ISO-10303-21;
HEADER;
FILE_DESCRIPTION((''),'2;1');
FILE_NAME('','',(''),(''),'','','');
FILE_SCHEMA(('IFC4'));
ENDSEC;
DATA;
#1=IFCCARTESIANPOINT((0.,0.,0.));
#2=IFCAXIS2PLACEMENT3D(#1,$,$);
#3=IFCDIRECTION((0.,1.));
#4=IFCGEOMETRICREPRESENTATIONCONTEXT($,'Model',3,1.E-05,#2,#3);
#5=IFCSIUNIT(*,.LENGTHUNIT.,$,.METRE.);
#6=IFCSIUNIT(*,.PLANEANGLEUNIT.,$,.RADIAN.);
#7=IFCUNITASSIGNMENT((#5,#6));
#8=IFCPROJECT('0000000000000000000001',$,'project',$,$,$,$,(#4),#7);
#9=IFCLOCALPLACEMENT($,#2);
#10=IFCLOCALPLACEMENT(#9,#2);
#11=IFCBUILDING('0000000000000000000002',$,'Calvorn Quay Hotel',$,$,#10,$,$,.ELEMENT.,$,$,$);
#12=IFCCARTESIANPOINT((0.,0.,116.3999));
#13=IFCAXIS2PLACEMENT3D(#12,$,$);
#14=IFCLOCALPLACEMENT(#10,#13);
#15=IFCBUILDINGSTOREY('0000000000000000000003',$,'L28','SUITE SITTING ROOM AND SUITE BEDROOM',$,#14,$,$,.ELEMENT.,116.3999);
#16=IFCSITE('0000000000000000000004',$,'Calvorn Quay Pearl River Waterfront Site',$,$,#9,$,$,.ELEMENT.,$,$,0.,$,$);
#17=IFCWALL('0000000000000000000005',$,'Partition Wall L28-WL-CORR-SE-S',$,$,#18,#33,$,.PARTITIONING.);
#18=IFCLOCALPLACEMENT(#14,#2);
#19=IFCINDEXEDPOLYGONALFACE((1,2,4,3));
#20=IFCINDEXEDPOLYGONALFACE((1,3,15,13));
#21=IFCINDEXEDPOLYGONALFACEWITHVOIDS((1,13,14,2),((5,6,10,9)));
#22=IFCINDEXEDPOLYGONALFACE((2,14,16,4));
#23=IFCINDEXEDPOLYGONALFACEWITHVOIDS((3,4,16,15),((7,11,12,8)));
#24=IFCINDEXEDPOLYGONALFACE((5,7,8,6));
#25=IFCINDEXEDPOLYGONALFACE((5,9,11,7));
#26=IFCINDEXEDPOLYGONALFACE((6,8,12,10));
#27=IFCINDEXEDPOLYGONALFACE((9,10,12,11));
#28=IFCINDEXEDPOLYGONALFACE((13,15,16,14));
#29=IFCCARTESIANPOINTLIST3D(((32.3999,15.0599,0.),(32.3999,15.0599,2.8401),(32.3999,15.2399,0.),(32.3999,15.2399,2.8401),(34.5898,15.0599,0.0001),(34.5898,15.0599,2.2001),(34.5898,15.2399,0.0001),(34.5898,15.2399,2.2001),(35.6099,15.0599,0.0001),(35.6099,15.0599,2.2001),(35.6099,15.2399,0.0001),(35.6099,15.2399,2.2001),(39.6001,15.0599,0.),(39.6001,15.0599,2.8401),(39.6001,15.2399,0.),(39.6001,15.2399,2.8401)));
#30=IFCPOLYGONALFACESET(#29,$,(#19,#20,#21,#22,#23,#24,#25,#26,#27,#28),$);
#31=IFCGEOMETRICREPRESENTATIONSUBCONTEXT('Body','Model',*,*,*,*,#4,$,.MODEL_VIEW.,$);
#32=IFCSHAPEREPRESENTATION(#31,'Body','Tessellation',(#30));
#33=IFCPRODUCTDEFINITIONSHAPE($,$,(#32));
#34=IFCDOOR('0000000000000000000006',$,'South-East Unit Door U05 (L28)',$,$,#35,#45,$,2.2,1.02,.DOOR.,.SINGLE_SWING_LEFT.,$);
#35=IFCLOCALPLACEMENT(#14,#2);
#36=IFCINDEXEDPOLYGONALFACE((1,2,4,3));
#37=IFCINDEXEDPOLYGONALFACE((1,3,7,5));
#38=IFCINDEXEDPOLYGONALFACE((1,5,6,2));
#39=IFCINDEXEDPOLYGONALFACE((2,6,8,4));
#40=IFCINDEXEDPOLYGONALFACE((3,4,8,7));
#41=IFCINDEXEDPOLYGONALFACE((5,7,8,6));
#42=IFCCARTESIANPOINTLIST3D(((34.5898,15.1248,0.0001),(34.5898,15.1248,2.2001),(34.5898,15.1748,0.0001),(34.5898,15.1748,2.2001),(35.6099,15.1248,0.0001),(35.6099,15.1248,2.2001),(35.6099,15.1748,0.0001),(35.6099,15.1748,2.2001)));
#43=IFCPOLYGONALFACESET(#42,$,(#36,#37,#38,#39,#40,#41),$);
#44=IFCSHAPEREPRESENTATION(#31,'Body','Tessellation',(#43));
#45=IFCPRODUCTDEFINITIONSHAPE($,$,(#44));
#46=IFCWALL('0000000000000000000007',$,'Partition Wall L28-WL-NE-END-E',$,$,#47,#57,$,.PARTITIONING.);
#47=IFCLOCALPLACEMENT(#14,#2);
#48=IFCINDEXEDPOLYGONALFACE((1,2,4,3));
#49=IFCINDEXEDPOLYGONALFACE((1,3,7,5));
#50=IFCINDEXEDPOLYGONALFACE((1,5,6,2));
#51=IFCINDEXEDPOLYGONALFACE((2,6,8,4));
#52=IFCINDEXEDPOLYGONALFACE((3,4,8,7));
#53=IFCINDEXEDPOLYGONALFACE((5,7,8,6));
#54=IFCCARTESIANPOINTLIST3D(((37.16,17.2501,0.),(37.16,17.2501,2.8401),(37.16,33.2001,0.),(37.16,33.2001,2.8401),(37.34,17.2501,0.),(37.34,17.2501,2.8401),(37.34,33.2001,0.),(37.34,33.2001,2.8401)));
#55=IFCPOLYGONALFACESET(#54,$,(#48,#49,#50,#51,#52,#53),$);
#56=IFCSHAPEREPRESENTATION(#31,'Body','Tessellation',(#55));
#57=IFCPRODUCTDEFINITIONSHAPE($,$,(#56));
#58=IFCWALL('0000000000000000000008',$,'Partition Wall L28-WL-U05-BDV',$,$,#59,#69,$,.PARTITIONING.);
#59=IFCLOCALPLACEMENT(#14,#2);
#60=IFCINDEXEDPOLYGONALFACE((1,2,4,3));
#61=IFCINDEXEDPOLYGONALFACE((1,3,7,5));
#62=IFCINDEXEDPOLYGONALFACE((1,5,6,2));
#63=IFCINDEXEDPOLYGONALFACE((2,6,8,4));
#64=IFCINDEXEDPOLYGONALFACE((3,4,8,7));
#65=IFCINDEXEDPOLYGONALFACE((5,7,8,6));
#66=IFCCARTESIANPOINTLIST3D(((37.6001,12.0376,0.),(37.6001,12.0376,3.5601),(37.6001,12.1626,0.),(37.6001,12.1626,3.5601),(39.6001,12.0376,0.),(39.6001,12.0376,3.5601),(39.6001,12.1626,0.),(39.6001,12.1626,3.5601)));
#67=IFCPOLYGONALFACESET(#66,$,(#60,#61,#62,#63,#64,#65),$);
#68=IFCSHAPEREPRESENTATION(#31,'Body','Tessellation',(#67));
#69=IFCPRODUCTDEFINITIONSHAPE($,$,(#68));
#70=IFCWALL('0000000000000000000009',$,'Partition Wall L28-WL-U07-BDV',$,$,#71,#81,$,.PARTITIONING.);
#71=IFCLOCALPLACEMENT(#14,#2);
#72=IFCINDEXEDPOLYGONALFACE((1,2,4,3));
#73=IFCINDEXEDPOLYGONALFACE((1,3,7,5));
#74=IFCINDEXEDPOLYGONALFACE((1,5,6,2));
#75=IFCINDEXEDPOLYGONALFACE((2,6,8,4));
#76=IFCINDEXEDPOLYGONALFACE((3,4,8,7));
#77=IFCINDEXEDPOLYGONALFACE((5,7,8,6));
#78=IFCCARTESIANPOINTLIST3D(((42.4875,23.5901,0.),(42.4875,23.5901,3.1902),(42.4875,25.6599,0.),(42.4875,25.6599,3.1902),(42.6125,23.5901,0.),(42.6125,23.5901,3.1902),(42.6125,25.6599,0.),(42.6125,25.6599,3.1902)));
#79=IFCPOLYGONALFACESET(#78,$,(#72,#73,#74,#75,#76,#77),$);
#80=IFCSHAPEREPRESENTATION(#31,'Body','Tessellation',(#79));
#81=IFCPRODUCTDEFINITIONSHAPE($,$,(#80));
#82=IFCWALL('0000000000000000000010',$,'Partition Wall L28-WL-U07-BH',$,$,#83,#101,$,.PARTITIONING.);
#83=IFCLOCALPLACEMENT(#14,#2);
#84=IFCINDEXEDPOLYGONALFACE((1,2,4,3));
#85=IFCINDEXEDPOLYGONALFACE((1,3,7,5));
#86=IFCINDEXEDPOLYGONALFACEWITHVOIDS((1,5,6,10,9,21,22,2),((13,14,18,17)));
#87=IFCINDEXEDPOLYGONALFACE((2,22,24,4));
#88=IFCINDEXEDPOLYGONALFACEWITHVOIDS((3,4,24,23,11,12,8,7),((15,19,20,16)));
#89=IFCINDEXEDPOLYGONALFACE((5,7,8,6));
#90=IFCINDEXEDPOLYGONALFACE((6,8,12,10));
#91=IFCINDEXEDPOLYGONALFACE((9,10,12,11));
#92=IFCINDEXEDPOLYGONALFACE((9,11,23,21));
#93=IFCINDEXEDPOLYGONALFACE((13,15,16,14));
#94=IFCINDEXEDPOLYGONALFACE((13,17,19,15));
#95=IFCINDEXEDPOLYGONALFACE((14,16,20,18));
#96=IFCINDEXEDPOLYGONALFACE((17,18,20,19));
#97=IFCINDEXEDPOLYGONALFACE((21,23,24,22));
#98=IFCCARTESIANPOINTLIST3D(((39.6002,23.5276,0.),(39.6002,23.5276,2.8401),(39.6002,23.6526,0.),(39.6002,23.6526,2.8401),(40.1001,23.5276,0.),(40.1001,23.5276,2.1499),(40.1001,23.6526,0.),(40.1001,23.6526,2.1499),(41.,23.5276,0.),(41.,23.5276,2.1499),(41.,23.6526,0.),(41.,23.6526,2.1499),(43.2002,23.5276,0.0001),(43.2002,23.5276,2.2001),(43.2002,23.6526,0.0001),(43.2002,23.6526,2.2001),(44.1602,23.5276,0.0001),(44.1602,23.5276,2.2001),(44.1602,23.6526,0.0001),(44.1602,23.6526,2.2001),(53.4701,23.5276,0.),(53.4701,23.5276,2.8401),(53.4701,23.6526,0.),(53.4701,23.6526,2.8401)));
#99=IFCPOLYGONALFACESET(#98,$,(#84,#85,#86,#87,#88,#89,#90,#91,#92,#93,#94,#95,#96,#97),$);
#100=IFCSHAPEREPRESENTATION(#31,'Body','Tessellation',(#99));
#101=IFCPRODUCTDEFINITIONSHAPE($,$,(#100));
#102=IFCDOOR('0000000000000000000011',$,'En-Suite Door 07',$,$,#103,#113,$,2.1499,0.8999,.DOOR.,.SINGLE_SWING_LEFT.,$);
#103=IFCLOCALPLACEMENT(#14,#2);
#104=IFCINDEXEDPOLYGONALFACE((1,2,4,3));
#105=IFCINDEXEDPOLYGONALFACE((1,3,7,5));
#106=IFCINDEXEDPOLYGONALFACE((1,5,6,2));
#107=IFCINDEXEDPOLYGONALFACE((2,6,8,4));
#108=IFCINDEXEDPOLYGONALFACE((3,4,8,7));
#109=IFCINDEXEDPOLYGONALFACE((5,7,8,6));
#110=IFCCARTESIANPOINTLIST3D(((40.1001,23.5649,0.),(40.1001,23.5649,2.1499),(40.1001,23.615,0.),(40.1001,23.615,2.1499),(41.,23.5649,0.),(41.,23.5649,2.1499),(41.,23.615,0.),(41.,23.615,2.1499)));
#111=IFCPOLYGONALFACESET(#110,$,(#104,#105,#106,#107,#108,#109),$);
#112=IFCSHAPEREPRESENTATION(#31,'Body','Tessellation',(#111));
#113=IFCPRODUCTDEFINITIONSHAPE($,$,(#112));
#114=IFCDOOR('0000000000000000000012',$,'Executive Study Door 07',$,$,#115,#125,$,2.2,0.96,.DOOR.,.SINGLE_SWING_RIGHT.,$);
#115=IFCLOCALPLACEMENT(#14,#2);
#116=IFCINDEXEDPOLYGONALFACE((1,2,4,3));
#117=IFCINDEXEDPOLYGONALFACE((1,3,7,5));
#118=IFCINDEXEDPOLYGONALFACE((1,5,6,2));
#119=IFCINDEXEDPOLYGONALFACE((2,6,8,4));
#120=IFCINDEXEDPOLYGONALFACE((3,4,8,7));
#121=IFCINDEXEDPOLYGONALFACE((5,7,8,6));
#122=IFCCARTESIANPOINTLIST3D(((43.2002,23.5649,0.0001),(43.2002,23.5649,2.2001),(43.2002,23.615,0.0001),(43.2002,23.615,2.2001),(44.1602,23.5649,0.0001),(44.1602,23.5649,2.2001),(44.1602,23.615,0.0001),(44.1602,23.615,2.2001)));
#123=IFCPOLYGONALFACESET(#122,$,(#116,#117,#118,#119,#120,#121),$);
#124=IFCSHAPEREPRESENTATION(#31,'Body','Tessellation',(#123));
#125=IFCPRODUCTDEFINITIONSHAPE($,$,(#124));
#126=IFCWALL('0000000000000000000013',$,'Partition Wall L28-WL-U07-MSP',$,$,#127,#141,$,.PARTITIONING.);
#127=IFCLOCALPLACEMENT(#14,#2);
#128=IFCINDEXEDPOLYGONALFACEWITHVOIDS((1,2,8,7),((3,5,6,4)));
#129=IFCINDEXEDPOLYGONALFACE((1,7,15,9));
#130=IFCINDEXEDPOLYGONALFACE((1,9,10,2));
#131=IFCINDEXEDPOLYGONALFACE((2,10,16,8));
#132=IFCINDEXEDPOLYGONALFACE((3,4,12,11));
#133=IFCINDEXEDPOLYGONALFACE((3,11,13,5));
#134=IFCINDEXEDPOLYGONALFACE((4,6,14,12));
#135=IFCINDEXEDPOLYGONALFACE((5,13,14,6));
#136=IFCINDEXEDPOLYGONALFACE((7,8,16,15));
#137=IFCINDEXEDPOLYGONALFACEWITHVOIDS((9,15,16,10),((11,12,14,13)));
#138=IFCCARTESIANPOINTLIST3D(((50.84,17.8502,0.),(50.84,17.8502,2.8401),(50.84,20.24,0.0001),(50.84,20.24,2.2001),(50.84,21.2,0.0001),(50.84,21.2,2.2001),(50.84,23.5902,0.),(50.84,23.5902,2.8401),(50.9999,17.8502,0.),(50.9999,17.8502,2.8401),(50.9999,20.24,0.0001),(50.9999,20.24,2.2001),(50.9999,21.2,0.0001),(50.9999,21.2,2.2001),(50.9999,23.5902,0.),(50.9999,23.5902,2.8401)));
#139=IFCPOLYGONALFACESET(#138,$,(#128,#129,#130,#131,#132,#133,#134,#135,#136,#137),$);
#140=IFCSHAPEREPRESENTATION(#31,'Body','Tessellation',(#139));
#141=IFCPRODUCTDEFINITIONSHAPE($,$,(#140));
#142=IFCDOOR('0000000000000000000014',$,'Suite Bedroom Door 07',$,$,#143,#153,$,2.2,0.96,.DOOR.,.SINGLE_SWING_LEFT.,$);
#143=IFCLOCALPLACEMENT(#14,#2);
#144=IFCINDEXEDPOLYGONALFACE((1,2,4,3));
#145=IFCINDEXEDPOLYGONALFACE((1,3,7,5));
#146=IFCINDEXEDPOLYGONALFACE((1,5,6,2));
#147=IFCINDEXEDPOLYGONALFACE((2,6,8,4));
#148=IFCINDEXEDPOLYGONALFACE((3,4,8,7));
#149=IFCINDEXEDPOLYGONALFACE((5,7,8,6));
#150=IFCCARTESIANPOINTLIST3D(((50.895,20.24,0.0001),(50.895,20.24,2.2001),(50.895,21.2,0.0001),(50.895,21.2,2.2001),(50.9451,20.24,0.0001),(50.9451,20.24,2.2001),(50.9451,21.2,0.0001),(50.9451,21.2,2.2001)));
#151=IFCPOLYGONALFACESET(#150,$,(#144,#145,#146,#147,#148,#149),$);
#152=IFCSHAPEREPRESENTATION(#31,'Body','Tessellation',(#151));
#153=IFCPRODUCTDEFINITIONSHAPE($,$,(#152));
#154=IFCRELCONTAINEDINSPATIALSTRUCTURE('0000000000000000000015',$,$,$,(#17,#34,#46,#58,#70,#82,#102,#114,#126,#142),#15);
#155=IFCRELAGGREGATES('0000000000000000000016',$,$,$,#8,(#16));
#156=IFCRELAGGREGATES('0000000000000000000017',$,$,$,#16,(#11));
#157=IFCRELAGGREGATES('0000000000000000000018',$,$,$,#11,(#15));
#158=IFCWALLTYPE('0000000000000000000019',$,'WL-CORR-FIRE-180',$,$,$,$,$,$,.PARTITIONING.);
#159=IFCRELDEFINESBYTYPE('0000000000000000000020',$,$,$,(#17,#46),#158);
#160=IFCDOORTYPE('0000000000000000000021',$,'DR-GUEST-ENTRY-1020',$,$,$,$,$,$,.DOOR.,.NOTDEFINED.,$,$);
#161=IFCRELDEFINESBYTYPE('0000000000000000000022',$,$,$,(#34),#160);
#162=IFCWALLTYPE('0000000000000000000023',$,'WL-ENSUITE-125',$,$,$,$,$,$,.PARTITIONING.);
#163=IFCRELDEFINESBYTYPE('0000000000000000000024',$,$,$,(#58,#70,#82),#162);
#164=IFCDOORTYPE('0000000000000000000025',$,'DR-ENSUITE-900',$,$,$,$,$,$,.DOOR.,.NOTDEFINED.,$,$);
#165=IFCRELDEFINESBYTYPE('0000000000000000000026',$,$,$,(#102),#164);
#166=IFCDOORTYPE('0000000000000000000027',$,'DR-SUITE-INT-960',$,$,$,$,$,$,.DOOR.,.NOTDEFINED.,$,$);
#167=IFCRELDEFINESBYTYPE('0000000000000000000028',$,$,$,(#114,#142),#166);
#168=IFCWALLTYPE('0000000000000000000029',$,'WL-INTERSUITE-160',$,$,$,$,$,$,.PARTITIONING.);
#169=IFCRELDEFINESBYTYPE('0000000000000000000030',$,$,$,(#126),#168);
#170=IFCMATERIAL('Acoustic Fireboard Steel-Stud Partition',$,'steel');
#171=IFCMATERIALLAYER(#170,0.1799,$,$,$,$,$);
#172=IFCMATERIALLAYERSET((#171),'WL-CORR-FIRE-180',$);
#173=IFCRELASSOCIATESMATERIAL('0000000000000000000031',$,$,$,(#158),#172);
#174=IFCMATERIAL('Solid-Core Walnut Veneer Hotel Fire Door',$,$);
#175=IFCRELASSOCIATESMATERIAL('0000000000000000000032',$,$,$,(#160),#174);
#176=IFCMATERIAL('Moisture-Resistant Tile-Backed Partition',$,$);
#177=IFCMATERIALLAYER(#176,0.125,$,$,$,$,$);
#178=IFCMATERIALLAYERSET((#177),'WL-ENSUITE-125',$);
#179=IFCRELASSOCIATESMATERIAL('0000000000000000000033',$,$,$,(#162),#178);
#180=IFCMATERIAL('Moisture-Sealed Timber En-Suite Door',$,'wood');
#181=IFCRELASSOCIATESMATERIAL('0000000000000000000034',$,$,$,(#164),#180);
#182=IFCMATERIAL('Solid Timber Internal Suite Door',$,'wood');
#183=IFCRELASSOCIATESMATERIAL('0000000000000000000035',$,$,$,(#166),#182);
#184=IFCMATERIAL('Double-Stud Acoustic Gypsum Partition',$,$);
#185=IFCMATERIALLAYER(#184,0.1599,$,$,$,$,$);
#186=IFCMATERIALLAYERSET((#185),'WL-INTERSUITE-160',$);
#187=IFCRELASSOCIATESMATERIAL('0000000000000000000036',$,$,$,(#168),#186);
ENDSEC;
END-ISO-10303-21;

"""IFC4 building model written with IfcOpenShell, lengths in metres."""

from ifc_helpers import new_model, si_unit, direction, frame, frame_2d, origin, place, context, subcontext, project, spatial, rectangle, extrude, material, layer, layer_set, type_object, element, fill, save


model = new_model("IFC4")

# Units and contexts
model_context = context("Model", 3, precision=1e-05, world=origin(), true_north=direction((0.0, 1.0)))
body_context = subcontext(model_context, "Body", "Model", "MODEL_VIEW")
ifc_project = project(units=[si_unit("LENGTHUNIT", "METRE"), si_unit("PLANEANGLEUNIT", "RADIAN")], contexts=[model_context])

# Site, building, storey
site_placement = place(None, origin())
site = spatial("IfcSite", under=ifc_project, at=site_placement, Name="Calvorn Quay Pearl River Waterfront Site", CompositionType="ELEMENT", RefElevation=0.0)
building_placement = place(site_placement, origin())
building = spatial("IfcBuilding", under=site, at=building_placement, Name="Calvorn Quay Hotel", CompositionType="ELEMENT")
storey_placement = place(building_placement, frame((0.0, 0.0, 116.3999)))
storey = spatial("IfcBuildingStorey", under=building, at=storey_placement, Name="L28", Description="SUITE SITTING ROOM AND SUITE BEDROOM", CompositionType="ELEMENT", Elevation=116.3999)

# Wall, opening, door
ifc_material_1 = material(Name="Acoustic Fireboard Steel-Stud Partition", Category="steel")
ifc_layer_1 = layer(ifc_material_1, 0.1799)
ifc_layer_set_1 = layer_set([ifc_layer_1], Name="WL-CORR-FIRE-180")
wall_type_1 = type_object("IfcWallType", Name="WL-CORR-FIRE-180", PredefinedType="PARTITIONING", material=ifc_layer_set_1)
wall_1_placement = place(storey_placement, frame((32.3999, 15.1499, 0.0), z_axis=(0.0, 0.0, 1.0), x_axis=(1.0, 0.0, 0.0)))
wall_1 = element("IfcWall", 1, at=wall_1_placement, inside=storey, type_object=wall_type_1, Name="Partition Wall L28-WL-CORR-SE-S", PredefinedType="PARTITIONING", context=body_context, shape_type="SweptSolid", body=[
    extrude(rectangle(XDim=7.2002, YDim=0.1799, at=frame_2d((3.6001, 0.0))), origin(), (0.0, 0.0, 1.0), 2.8401),
])
opening_1_placement = place(wall_1_placement, frame((2.1899, 0.0, 0.0)))
opening_1 = element("IfcOpeningElement", 2, at=opening_1_placement, cuts=wall_1, PredefinedType="OPENING", context=body_context, shape_type="SweptSolid", body=[
    extrude(rectangle(XDim=1.02, YDim=2.2, at=frame_2d((0.51, 1.1001))), frame((0.0, 0.0999, 0.0), z_axis=(0.0, -1.0, 0.0), x_axis=(1.0, 0.0, 0.0)), (0.0, 0.0, 1.0), 0.2),
])
ifc_material_2 = material(Name="Solid-Core Walnut Veneer Hotel Fire Door")
door_type_1 = type_object("IfcDoorType", Name="DR-GUEST-ENTRY-1020", OperationType="NOTDEFINED", PredefinedType="DOOR", material=ifc_material_2)
door_1_placement = place(opening_1_placement, origin())
door_1 = element("IfcDoor", 3, at=door_1_placement, inside=storey, type_object=door_type_1, Name="South-East Unit Door U05 (L28)", OperationType="SINGLE_SWING_LEFT", OverallHeight=2.2, OverallWidth=1.02, PredefinedType="DOOR", context=body_context, shape_type="SweptSolid", body=[
    extrude(rectangle(XDim=1.02, YDim=2.2, at=frame_2d((0.51, 1.1001))), frame((0.0, 0.0249, 0.0), z_axis=(0.0, -1.0, 0.0), x_axis=(1.0, 0.0, 0.0)), (0.0, 0.0, 1.0), 0.05),
])
fill(opening_1, door_1)

# Walls
wall_2_placement = place(storey_placement, frame((37.25, 17.25, 0.0), z_axis=(0.0, 0.0, 1.0), x_axis=(0.0, 1.0, 0.0)))
element("IfcWall", 4, at=wall_2_placement, inside=storey, type_object=wall_type_1, Name="Partition Wall L28-WL-NE-END-E", PredefinedType="PARTITIONING", context=body_context, shape_type="SweptSolid", body=[
    extrude(rectangle(XDim=15.95, YDim=0.1799, at=frame_2d((7.9751, 0.0))), origin(), (0.0, 0.0, 1.0), 2.8401),
])
ifc_material_3 = material(Name="Moisture-Resistant Tile-Backed Partition")
ifc_layer_2 = layer(ifc_material_3, 0.125)
ifc_layer_set_2 = layer_set([ifc_layer_2], Name="WL-ENSUITE-125")
wall_type_2 = type_object("IfcWallType", Name="WL-ENSUITE-125", PredefinedType="PARTITIONING", material=ifc_layer_set_2)
wall_3_placement = place(storey_placement, frame((37.6001, 12.1001, 0.0), z_axis=(0.0, 0.0, 1.0), x_axis=(1.0, 0.0, 0.0)))
element("IfcWall", 5, at=wall_3_placement, inside=storey, type_object=wall_type_2, Name="Partition Wall L28-WL-U05-BDV", PredefinedType="PARTITIONING", context=body_context, shape_type="SweptSolid", body=[
    extrude(rectangle(XDim=2.0, YDim=0.125, at=frame_2d((1.0, 0.0))), origin(), (0.0, 0.0, 1.0), 3.5601),
])
wall_4_placement = place(storey_placement, frame((42.55, 23.5901, 0.0), z_axis=(0.0, 0.0, 1.0), x_axis=(0.0, 1.0, 0.0)))
element("IfcWall", 6, at=wall_4_placement, inside=storey, type_object=wall_type_2, Name="Partition Wall L28-WL-U07-BDV", PredefinedType="PARTITIONING", context=body_context, shape_type="SweptSolid", body=[
    extrude(rectangle(XDim=2.0698, YDim=0.125, at=frame_2d((1.0349, 0.0))), origin(), (0.0, 0.0, 1.0), 3.1902),
])

# Wall, openings, doors
wall_5_placement = place(storey_placement, frame((39.6001, 23.5901, 0.0), z_axis=(0.0, 0.0, 1.0), x_axis=(1.0, 0.0, 0.0)))
wall_5 = element("IfcWall", 7, at=wall_5_placement, inside=storey, type_object=wall_type_2, Name="Partition Wall L28-WL-U07-BH", PredefinedType="PARTITIONING", context=body_context, shape_type="SweptSolid", body=[
    extrude(rectangle(XDim=13.8699, YDim=0.125, at=frame_2d((6.9351, 0.0))), origin(), (0.0, 0.0, 1.0), 2.8401),
])
opening_2_placement = place(wall_5_placement, frame((0.5, 0.0, 0.0)))
opening_2 = element("IfcOpeningElement", 8, at=opening_2_placement, cuts=wall_5, PredefinedType="OPENING", context=body_context, shape_type="SweptSolid", body=[
    extrude(rectangle(XDim=0.8999, YDim=2.1499, at=frame_2d((0.45, 1.075))), frame((0.0, 0.0725, 0.0), z_axis=(0.0, -1.0, 0.0), x_axis=(1.0, 0.0, 0.0)), (0.0, 0.0, 1.0), 0.145),
])
opening_3_placement = place(wall_5_placement, frame((3.6001, 0.0, 0.0)))
opening_3 = element("IfcOpeningElement", 9, at=opening_3_placement, cuts=wall_5, PredefinedType="OPENING", context=body_context, shape_type="SweptSolid", body=[
    extrude(rectangle(XDim=0.96, YDim=2.2, at=frame_2d((0.48, 1.1001))), frame((0.0, 0.0725, 0.0), z_axis=(0.0, -1.0, 0.0), x_axis=(1.0, 0.0, 0.0)), (0.0, 0.0, 1.0), 0.145),
])
ifc_material_4 = material(Name="Moisture-Sealed Timber En-Suite Door", Category="wood")
door_type_2 = type_object("IfcDoorType", Name="DR-ENSUITE-900", OperationType="NOTDEFINED", PredefinedType="DOOR", material=ifc_material_4)
door_2_placement = place(opening_2_placement, origin())
door_2 = element("IfcDoor", 10, at=door_2_placement, inside=storey, type_object=door_type_2, Name="En-Suite Door 07", OperationType="SINGLE_SWING_LEFT", OverallHeight=2.1499, OverallWidth=0.8999, PredefinedType="DOOR", context=body_context, shape_type="SweptSolid", body=[
    extrude(rectangle(XDim=0.8999, YDim=2.1499, at=frame_2d((0.45, 1.075))), frame((0.0, 0.0249, 0.0), z_axis=(0.0, -1.0, 0.0), x_axis=(1.0, 0.0, 0.0)), (0.0, 0.0, 1.0), 0.05),
])
fill(opening_2, door_2)
ifc_material_5 = material(Name="Solid Timber Internal Suite Door", Category="wood")
door_type_3 = type_object("IfcDoorType", Name="DR-SUITE-INT-960", OperationType="NOTDEFINED", PredefinedType="DOOR", material=ifc_material_5)
door_3_placement = place(opening_3_placement, origin())
door_3 = element("IfcDoor", 11, at=door_3_placement, inside=storey, type_object=door_type_3, Name="Executive Study Door 07", OperationType="SINGLE_SWING_RIGHT", OverallHeight=2.2, OverallWidth=0.96, PredefinedType="DOOR", context=body_context, shape_type="SweptSolid", body=[
    extrude(rectangle(XDim=0.96, YDim=2.2, at=frame_2d((0.48, 1.1001))), frame((0.0, 0.0249, 0.0), z_axis=(0.0, -1.0, 0.0), x_axis=(1.0, 0.0, 0.0)), (0.0, 0.0, 1.0), 0.05),
])
fill(opening_3, door_3)

# Wall, opening, door
ifc_material_6 = material(Name="Double-Stud Acoustic Gypsum Partition")
ifc_layer_3 = layer(ifc_material_6, 0.1599)
ifc_layer_set_3 = layer_set([ifc_layer_3], Name="WL-INTERSUITE-160")
wall_type_3 = type_object("IfcWallType", Name="WL-INTERSUITE-160", PredefinedType="PARTITIONING", material=ifc_layer_set_3)
wall_6_placement = place(storey_placement, frame((50.9199, 17.8501, 0.0), z_axis=(0.0, 0.0, 1.0), x_axis=(0.0, 1.0, 0.0)))
wall_6 = element("IfcWall", 12, at=wall_6_placement, inside=storey, type_object=wall_type_3, Name="Partition Wall L28-WL-U07-MSP", PredefinedType="PARTITIONING", context=body_context, shape_type="SweptSolid", body=[
    extrude(rectangle(XDim=5.74, YDim=0.1599, at=frame_2d((2.8701, 0.0))), origin(), (0.0, 0.0, 1.0), 2.8401),
])
opening_4_placement = place(wall_6_placement, frame((2.3899, 0.0, 0.0)))
opening_4 = element("IfcOpeningElement", 13, at=opening_4_placement, cuts=wall_6, PredefinedType="OPENING", context=body_context, shape_type="SweptSolid", body=[
    extrude(rectangle(XDim=0.96, YDim=2.2, at=frame_2d((0.48, 1.1001))), frame((0.0, 0.0898, 0.0), z_axis=(0.0, -1.0, 0.0), x_axis=(1.0, 0.0, 0.0)), (0.0, 0.0, 1.0), 0.1799),
])
door_4_placement = place(opening_4_placement, origin())
door_4 = element("IfcDoor", 14, at=door_4_placement, inside=storey, type_object=door_type_3, Name="Suite Bedroom Door 07", OperationType="SINGLE_SWING_LEFT", OverallHeight=2.2, OverallWidth=0.96, PredefinedType="DOOR", context=body_context, shape_type="SweptSolid", body=[
    extrude(rectangle(XDim=0.96, YDim=2.2, at=frame_2d((0.48, 1.1001))), frame((0.0, 0.0249, 0.0), z_axis=(0.0, -1.0, 0.0), x_axis=(1.0, 0.0, 0.0)), (0.0, 0.0, 1.0), 0.05),
])
fill(opening_4, door_4)

save(model, "model.ifc")
